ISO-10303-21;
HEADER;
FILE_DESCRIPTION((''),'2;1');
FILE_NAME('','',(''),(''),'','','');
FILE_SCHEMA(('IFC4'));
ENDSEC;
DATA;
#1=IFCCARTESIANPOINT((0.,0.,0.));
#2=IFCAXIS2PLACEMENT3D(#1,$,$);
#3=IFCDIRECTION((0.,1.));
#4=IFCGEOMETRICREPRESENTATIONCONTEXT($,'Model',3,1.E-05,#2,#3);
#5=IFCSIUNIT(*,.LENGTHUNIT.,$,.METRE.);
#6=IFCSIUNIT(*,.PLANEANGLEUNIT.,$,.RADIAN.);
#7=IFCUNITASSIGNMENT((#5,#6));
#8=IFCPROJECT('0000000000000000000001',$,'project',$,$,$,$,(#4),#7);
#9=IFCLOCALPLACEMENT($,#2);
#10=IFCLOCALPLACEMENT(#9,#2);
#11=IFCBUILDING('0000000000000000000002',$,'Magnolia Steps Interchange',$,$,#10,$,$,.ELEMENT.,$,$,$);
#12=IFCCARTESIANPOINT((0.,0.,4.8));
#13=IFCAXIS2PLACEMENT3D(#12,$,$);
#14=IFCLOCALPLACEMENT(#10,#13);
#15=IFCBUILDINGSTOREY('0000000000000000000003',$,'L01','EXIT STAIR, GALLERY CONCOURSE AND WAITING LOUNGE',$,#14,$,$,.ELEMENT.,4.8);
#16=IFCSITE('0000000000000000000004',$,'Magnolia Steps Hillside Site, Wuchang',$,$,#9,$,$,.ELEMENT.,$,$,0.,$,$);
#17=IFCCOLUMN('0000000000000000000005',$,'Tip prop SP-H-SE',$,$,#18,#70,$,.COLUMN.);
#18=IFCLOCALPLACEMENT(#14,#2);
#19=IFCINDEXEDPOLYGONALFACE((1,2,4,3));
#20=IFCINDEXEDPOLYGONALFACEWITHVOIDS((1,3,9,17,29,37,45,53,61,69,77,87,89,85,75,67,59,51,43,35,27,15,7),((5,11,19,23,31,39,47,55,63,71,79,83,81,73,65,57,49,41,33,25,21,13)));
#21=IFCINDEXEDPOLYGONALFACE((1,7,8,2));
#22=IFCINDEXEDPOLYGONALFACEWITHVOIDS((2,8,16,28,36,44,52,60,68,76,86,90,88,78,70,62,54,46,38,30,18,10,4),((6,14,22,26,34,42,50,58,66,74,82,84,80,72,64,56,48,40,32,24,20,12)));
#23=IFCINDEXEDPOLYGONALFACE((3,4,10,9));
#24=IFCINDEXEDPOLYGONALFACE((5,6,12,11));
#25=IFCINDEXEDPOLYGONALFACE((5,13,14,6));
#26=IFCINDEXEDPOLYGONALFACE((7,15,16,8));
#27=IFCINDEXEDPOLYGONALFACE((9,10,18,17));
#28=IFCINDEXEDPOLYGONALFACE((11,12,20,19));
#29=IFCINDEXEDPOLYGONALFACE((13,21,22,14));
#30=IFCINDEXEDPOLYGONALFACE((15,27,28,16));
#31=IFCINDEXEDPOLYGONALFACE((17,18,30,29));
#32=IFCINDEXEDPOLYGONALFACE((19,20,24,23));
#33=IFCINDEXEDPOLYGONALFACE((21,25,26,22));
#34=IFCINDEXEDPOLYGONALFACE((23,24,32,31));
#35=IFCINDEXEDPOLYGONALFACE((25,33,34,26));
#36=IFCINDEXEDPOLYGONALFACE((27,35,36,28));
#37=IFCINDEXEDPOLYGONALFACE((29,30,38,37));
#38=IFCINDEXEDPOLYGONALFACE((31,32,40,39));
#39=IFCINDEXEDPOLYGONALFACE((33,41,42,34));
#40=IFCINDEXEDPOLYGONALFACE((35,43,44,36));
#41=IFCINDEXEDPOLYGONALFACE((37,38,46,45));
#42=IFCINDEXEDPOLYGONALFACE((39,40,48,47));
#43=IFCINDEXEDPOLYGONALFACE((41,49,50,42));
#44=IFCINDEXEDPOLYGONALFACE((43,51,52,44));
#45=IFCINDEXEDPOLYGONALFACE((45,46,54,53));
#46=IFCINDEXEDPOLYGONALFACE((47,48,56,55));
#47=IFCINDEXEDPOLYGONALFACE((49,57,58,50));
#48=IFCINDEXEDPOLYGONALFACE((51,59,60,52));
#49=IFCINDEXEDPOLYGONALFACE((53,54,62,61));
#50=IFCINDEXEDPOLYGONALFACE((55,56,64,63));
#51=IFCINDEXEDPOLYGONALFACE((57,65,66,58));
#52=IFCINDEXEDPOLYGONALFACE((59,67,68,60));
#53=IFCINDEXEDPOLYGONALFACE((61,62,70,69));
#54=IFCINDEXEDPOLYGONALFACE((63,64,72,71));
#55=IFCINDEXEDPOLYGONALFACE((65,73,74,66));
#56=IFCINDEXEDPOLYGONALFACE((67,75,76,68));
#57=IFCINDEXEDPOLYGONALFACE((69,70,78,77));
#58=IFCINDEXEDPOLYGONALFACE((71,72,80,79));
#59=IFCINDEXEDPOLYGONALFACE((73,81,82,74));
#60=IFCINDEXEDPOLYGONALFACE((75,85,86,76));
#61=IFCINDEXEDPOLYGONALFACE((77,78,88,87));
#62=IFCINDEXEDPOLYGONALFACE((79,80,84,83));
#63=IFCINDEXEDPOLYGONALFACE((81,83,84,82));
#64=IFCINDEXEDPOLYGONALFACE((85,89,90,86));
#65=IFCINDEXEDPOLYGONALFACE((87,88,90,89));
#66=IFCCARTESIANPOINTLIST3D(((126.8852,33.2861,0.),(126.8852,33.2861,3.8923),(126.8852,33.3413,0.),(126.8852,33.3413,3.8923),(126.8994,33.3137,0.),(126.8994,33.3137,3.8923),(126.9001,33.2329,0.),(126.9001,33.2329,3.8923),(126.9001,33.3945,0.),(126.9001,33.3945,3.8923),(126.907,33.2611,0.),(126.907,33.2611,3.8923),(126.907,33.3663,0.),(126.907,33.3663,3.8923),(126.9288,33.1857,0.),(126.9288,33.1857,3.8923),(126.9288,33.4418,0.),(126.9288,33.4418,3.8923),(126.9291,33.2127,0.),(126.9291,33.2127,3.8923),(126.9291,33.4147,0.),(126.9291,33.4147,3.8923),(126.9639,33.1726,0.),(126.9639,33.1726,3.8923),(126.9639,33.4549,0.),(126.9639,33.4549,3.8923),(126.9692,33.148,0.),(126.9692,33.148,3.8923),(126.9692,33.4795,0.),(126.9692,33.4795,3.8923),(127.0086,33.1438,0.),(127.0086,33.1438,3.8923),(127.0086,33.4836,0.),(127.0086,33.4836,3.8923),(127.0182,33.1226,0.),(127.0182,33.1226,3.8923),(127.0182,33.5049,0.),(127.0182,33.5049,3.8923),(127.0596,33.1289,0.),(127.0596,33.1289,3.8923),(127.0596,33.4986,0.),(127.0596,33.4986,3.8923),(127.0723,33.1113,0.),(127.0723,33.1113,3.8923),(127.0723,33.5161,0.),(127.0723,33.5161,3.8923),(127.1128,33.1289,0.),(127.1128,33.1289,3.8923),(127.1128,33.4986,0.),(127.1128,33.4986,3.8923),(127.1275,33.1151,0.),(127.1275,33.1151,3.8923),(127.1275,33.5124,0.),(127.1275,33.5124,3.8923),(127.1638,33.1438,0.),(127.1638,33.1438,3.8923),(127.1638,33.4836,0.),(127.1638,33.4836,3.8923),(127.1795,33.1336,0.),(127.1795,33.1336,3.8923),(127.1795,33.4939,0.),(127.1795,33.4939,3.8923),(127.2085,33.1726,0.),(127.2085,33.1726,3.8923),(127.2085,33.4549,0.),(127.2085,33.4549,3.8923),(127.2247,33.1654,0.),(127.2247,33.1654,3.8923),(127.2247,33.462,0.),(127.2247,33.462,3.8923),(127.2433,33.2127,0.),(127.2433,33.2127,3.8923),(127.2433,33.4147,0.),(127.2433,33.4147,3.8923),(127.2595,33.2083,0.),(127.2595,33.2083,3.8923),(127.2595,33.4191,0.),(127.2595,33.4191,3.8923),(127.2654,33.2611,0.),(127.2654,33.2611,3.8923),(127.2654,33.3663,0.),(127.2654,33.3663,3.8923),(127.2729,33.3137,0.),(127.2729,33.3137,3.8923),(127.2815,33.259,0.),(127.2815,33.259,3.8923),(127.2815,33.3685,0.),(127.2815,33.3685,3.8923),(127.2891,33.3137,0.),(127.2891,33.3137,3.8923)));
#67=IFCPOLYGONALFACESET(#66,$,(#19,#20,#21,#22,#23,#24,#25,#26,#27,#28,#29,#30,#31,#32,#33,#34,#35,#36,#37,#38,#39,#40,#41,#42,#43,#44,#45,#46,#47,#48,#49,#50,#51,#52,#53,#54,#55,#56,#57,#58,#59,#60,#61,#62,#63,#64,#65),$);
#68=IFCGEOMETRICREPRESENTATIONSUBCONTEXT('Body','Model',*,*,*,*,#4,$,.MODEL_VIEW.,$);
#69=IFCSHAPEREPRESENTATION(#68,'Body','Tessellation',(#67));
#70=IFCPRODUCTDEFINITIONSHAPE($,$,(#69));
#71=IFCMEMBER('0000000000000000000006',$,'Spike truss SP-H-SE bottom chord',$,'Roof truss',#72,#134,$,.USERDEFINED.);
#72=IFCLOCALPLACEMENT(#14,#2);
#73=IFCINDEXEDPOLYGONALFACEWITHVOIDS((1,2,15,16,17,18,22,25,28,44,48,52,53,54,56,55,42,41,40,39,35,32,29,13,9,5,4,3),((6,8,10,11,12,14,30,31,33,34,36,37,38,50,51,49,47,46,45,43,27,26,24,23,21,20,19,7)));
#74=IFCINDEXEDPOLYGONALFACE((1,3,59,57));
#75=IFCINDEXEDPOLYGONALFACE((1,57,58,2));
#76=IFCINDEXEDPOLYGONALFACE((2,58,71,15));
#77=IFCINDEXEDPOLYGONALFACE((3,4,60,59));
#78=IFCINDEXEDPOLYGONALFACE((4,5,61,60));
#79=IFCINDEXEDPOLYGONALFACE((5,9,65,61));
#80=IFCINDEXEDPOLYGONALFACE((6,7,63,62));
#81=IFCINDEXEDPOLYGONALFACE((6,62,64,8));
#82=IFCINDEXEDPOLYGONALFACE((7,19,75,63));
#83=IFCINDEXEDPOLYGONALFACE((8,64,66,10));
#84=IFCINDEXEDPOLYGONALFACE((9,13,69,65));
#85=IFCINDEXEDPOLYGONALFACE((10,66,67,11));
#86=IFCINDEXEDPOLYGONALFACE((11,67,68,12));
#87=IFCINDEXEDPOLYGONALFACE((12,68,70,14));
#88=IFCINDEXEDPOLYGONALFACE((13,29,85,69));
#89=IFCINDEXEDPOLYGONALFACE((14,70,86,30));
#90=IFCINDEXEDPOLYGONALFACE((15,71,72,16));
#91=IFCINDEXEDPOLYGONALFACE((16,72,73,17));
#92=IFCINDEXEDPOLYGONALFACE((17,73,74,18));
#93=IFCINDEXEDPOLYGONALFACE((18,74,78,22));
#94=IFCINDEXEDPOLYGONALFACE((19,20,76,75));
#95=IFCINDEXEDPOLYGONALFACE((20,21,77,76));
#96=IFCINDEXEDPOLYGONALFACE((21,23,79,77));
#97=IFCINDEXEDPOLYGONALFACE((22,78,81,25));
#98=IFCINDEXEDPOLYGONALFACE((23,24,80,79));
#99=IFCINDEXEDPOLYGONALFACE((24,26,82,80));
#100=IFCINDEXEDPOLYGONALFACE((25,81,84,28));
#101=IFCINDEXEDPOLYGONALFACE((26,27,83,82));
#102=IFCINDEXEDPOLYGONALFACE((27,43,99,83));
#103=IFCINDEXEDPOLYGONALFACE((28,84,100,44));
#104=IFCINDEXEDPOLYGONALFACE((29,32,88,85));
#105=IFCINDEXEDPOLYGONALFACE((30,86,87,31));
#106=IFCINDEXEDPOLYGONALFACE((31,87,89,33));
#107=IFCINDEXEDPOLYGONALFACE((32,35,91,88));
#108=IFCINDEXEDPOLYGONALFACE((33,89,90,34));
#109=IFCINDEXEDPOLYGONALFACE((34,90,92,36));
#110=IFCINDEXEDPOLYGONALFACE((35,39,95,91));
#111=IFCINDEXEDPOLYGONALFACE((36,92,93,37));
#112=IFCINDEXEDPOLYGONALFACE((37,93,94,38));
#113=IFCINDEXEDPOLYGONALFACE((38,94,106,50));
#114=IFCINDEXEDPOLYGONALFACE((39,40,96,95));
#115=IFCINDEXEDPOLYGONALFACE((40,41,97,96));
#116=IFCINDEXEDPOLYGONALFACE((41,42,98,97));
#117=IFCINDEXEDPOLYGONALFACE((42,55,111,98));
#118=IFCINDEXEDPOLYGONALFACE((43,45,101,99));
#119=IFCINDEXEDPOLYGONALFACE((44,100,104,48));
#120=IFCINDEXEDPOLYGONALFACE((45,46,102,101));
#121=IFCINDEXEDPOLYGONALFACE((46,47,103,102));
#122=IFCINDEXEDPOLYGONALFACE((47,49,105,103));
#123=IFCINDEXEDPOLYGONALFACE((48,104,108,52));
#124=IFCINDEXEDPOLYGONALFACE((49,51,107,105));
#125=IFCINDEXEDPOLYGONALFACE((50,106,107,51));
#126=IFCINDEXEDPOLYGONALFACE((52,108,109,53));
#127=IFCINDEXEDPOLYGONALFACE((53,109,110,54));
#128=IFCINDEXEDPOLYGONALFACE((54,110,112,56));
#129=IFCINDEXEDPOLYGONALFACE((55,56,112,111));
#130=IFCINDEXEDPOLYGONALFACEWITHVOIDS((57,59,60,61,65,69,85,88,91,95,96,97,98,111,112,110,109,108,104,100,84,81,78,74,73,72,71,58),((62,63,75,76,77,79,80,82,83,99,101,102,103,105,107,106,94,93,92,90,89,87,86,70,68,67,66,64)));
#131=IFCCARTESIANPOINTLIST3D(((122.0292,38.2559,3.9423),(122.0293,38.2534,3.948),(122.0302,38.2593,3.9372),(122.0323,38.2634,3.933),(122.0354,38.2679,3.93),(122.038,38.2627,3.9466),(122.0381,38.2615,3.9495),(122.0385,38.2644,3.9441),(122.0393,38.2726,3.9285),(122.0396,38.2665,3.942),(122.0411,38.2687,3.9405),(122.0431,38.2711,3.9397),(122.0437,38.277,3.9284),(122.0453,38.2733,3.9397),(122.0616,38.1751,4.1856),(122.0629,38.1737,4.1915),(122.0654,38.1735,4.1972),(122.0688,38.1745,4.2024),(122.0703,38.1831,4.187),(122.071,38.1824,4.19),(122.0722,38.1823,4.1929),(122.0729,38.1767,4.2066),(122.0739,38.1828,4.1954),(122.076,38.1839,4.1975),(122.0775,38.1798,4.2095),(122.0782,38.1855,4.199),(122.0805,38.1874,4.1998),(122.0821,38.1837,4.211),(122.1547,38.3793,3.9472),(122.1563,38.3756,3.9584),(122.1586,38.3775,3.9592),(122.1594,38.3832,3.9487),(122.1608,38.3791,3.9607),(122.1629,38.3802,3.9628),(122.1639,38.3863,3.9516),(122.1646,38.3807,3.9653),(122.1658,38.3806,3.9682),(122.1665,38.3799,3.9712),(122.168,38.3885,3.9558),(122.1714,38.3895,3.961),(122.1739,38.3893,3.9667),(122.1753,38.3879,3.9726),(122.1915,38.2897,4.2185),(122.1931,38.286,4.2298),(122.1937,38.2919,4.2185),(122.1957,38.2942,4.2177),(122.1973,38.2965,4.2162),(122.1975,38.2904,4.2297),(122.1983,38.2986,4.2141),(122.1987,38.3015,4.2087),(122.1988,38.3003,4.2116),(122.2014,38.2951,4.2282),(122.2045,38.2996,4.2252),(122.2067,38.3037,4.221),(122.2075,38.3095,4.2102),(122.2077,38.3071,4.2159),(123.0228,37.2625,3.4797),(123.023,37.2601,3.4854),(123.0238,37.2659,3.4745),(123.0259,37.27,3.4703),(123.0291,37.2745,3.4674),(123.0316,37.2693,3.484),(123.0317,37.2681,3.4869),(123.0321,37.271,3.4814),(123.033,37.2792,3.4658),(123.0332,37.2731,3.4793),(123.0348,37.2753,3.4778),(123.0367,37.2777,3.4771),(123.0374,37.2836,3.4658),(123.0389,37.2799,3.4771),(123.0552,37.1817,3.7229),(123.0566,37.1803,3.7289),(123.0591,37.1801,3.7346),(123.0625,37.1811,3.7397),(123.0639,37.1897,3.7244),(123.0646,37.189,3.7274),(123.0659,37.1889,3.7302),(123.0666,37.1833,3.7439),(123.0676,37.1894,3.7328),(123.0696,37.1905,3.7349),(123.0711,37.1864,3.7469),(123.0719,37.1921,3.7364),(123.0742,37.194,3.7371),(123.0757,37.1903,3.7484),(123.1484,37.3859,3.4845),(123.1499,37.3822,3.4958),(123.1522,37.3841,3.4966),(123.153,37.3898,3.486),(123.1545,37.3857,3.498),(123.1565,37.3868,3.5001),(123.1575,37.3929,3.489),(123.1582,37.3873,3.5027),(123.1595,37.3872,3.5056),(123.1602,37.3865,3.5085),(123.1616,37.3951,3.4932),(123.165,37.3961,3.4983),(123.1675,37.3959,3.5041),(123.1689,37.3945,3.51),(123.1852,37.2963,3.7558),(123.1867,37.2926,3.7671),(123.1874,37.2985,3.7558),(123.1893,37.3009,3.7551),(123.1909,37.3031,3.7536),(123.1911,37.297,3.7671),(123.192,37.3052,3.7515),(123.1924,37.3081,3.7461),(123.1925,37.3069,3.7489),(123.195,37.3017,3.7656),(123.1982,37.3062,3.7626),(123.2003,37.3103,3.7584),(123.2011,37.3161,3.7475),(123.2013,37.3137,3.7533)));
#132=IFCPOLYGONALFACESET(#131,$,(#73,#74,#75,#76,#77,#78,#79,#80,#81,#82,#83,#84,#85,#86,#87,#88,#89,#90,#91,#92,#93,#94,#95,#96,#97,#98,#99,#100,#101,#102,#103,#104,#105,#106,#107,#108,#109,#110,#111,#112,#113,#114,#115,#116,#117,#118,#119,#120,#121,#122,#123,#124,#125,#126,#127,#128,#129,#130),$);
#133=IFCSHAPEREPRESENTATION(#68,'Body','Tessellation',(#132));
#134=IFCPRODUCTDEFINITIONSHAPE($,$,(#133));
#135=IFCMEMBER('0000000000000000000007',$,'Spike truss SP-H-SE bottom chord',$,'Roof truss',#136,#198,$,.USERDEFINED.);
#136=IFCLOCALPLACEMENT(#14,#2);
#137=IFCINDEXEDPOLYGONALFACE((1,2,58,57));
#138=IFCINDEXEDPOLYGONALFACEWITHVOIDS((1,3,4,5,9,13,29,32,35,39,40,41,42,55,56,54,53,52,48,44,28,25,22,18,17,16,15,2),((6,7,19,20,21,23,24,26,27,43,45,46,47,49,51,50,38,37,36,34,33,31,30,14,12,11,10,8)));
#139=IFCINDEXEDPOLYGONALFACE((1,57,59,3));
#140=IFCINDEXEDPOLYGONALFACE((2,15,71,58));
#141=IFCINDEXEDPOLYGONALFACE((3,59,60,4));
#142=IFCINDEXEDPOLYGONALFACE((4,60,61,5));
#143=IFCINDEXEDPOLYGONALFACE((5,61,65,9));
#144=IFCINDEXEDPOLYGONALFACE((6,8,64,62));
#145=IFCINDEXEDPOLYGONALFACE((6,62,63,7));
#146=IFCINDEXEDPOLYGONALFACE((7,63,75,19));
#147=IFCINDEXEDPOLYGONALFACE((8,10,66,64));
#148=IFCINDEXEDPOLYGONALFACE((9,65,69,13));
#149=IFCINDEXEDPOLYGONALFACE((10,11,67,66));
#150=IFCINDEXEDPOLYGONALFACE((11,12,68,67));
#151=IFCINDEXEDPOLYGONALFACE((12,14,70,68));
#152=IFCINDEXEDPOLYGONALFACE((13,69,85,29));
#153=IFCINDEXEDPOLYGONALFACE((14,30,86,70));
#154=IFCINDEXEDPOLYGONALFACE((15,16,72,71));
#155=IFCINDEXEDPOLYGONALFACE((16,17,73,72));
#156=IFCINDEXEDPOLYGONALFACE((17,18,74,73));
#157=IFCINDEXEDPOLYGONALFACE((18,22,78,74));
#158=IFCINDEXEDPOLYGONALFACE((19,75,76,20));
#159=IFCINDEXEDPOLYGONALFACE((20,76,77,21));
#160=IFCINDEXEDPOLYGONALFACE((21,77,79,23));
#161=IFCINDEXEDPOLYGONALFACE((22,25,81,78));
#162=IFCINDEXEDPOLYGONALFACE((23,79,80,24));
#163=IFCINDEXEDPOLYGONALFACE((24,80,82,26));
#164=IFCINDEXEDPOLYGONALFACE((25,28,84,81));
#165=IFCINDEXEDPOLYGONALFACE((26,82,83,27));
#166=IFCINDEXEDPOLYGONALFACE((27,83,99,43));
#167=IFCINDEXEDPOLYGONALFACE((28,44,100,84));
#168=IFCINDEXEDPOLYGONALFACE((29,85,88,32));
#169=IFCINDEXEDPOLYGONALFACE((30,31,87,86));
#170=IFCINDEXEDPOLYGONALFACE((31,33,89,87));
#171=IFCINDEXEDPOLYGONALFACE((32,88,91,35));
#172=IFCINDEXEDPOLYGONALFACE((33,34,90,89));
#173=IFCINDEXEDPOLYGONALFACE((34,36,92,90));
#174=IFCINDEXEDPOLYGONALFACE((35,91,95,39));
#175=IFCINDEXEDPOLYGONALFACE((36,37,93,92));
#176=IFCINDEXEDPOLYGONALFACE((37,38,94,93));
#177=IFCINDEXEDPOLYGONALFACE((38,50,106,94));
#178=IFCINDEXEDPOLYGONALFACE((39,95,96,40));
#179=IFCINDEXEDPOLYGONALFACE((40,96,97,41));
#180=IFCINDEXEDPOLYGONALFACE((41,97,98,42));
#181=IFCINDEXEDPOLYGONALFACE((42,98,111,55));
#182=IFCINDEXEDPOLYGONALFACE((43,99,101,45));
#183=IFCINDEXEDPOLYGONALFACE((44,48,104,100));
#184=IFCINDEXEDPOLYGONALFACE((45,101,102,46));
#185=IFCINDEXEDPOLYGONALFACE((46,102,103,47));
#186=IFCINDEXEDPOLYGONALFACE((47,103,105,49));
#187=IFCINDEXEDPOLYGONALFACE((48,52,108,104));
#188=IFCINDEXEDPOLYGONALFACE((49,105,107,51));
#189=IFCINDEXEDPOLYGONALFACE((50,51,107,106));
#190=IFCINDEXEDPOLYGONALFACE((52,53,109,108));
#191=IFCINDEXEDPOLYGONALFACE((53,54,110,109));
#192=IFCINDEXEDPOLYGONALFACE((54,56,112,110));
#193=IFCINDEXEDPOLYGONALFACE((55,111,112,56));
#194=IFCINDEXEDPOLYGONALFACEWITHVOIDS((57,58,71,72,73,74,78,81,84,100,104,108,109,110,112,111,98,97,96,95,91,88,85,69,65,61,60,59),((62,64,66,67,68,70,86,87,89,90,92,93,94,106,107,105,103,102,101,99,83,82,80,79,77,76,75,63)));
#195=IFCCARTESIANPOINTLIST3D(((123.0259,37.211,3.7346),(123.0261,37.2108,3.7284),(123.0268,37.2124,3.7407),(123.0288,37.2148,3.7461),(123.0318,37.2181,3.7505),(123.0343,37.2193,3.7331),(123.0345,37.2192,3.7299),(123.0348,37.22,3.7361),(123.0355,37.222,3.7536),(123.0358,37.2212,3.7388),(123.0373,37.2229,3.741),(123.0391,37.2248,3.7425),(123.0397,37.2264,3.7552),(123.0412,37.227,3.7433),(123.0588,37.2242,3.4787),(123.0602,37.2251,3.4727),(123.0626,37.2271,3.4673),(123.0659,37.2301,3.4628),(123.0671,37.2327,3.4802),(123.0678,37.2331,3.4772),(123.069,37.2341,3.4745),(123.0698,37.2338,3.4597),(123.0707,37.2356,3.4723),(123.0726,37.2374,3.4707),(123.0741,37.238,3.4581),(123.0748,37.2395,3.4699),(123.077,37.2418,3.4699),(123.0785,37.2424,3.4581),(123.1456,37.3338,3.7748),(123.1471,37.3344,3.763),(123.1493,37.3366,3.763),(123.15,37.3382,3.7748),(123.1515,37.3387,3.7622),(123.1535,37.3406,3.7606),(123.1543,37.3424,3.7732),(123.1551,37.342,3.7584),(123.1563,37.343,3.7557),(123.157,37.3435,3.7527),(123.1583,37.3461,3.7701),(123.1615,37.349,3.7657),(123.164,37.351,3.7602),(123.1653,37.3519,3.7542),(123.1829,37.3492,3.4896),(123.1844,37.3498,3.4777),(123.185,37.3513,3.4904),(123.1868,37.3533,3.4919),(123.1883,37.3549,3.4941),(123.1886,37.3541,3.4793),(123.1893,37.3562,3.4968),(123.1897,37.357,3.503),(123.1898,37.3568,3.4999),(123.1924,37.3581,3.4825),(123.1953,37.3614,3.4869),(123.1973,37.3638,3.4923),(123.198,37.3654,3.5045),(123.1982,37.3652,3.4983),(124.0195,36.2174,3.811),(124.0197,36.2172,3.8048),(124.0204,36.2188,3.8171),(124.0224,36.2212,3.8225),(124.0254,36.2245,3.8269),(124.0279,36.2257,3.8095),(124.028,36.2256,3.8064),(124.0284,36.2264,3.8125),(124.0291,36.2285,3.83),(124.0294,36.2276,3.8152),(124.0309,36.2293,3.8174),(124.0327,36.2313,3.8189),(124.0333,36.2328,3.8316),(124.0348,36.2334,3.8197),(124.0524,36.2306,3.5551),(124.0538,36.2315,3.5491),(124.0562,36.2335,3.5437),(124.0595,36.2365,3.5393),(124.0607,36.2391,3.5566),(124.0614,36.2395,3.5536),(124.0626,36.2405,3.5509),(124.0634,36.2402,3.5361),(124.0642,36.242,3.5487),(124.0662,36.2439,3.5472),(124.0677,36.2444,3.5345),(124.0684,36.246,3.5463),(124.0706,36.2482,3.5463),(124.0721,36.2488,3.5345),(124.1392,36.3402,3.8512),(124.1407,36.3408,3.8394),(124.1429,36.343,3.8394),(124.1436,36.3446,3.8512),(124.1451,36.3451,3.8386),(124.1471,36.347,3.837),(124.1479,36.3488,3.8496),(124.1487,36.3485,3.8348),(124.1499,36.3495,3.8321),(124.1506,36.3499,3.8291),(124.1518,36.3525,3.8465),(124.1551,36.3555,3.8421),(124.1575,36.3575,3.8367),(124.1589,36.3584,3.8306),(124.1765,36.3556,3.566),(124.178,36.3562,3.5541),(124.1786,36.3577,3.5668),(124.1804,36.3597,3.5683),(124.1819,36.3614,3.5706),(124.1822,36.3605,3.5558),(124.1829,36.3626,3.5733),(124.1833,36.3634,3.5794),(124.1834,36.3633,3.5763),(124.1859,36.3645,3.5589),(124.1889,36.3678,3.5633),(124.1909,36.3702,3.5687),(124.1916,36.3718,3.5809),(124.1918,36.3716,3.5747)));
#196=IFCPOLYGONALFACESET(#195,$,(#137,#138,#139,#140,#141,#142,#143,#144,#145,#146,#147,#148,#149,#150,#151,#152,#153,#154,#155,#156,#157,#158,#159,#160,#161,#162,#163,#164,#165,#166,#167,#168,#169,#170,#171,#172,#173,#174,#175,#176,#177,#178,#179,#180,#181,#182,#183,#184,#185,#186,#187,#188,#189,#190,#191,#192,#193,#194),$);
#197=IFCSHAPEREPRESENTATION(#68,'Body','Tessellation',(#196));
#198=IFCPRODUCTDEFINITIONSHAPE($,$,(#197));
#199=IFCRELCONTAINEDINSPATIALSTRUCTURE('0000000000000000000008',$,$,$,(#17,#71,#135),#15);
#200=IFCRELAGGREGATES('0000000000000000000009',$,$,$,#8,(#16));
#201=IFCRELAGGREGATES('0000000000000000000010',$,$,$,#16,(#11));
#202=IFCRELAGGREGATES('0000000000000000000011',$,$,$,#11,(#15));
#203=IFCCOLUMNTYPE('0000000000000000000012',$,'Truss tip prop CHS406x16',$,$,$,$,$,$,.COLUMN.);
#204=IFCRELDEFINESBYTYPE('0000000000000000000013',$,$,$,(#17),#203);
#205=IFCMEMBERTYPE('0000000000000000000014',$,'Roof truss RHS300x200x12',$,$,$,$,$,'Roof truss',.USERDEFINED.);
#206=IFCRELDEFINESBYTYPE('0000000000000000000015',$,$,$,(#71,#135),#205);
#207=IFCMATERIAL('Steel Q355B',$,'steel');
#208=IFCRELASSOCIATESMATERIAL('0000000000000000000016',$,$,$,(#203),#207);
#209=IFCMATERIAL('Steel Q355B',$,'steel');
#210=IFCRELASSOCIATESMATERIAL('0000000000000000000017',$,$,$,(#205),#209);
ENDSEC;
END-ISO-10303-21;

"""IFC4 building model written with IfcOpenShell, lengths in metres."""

from ifc_helpers import new_model, si_unit, direction, frame, origin, origin_2d, place, context, subcontext, project, spatial, hollow_rectangle, hollow_circle, extrude, material, material_profile, profile_set, type_object, element, save


model = new_model("IFC4")

# Units and contexts
model_context = context("Model", 3, precision=1e-05, world=origin(), true_north=direction((0.0, 1.0)))
body_context = subcontext(model_context, "Body", "Model", "MODEL_VIEW")
ifc_project = project(units=[si_unit("LENGTHUNIT", "METRE"), si_unit("PLANEANGLEUNIT", "RADIAN")], contexts=[model_context])

# Site, building, storey
site_placement = place(None, origin())
site = spatial("IfcSite", under=ifc_project, at=site_placement, Name="Magnolia Steps Hillside Site, Wuchang", CompositionType="ELEMENT", RefElevation=0.0)
building_placement = place(site_placement, origin())
building = spatial("IfcBuilding", under=site, at=building_placement, Name="Magnolia Steps Interchange", CompositionType="ELEMENT")
storey_placement = place(building_placement, frame((0.0, 0.0, 4.8)))
storey = spatial("IfcBuildingStorey", under=building, at=storey_placement, Name="L01", Description="EXIT STAIR, GALLERY CONCOURSE AND WAITING LOUNGE", CompositionType="ELEMENT", Elevation=4.8)

# Column
ifc_material_1 = material(Name="Steel Q355B", Category="steel")
ifc_material_profile_1 = material_profile(ifc_material_1, hollow_circle(Radius=0.2029, WallThickness=0.0161, at=origin_2d()), Name="CHS406x16")
ifc_profile_set_1 = profile_set([ifc_material_profile_1], Name="Steel Q355B")
column_type = type_object("IfcColumnType", Name="Truss tip prop CHS406x16", PredefinedType="COLUMN", material=ifc_profile_set_1)
column_placement = place(storey_placement, frame((127.0862, 33.3137, 0.0), z_axis=(0.0, 0.0, 1.0), x_axis=(1.0, 0.0, 0.0)))
element("IfcColumn", 1, at=column_placement, inside=storey, type_object=column_type, Name="Tip prop SP-H-SE", PredefinedType="COLUMN", context=body_context, shape_type="SweptSolid", body=[
    extrude(hollow_circle(Radius=0.2029, WallThickness=0.0161, at=origin_2d()), origin(), (0.0, 0.0, 1.0), 3.8923),
])

# Members
ifc_material_2 = material(Name="Steel Q355B", Category="steel")
ifc_material_profile_2 = material_profile(ifc_material_2, hollow_rectangle(XDim=0.2, YDim=0.3, WallThickness=0.012, InnerFilletRadius=0.012, OuterFilletRadius=0.0239, at=origin_2d()), Name="RHS300x200x12")
ifc_profile_set_2 = profile_set([ifc_material_profile_2], Name="Steel Q355B")
member_type_1 = type_object("IfcMemberType", Name="Roof truss RHS300x200x12", ElementType="Roof truss", PredefinedType="USERDEFINED", material=ifc_profile_set_2)
member_1_placement = place(storey_placement, frame((122.1184, 38.2815, 4.0791), z_axis=(0.671717, -0.671552, -0.312753), x_axis=(0.729711, 0.672597, 0.123022)))
element("IfcMember", 2, at=member_1_placement, inside=storey, type_object=member_type_1, Name="Spike truss SP-H-SE bottom chord", ObjectType="Roof truss", PredefinedType="USERDEFINED", context=body_context, shape_type="SweptSolid", body=[
    extrude(hollow_rectangle(XDim=0.2, YDim=0.3, WallThickness=0.012, InnerFilletRadius=0.012, OuterFilletRadius=0.0239, at=origin_2d()), origin(), (0.0, 0.0, 1.0), 1.4792),
])
member_2_placement = place(storey_placement, frame((123.1121, 37.2881, 3.6165), z_axis=(0.706064, -0.706064, 0.054299), x_axis=(0.696199, 0.706132, 0.129169)))
element("IfcMember", 3, at=member_2_placement, inside=storey, type_object=member_type_1, Name="Spike truss SP-H-SE bottom chord", ObjectType="Roof truss", PredefinedType="USERDEFINED", context=body_context, shape_type="SweptSolid", body=[
    extrude(hollow_rectangle(XDim=0.2, YDim=0.3, WallThickness=0.012, InnerFilletRadius=0.012, OuterFilletRadius=0.0239, at=origin_2d()), origin(), (0.0, 0.0, 1.0), 1.4072),
])

save(model, "model.ifc")
